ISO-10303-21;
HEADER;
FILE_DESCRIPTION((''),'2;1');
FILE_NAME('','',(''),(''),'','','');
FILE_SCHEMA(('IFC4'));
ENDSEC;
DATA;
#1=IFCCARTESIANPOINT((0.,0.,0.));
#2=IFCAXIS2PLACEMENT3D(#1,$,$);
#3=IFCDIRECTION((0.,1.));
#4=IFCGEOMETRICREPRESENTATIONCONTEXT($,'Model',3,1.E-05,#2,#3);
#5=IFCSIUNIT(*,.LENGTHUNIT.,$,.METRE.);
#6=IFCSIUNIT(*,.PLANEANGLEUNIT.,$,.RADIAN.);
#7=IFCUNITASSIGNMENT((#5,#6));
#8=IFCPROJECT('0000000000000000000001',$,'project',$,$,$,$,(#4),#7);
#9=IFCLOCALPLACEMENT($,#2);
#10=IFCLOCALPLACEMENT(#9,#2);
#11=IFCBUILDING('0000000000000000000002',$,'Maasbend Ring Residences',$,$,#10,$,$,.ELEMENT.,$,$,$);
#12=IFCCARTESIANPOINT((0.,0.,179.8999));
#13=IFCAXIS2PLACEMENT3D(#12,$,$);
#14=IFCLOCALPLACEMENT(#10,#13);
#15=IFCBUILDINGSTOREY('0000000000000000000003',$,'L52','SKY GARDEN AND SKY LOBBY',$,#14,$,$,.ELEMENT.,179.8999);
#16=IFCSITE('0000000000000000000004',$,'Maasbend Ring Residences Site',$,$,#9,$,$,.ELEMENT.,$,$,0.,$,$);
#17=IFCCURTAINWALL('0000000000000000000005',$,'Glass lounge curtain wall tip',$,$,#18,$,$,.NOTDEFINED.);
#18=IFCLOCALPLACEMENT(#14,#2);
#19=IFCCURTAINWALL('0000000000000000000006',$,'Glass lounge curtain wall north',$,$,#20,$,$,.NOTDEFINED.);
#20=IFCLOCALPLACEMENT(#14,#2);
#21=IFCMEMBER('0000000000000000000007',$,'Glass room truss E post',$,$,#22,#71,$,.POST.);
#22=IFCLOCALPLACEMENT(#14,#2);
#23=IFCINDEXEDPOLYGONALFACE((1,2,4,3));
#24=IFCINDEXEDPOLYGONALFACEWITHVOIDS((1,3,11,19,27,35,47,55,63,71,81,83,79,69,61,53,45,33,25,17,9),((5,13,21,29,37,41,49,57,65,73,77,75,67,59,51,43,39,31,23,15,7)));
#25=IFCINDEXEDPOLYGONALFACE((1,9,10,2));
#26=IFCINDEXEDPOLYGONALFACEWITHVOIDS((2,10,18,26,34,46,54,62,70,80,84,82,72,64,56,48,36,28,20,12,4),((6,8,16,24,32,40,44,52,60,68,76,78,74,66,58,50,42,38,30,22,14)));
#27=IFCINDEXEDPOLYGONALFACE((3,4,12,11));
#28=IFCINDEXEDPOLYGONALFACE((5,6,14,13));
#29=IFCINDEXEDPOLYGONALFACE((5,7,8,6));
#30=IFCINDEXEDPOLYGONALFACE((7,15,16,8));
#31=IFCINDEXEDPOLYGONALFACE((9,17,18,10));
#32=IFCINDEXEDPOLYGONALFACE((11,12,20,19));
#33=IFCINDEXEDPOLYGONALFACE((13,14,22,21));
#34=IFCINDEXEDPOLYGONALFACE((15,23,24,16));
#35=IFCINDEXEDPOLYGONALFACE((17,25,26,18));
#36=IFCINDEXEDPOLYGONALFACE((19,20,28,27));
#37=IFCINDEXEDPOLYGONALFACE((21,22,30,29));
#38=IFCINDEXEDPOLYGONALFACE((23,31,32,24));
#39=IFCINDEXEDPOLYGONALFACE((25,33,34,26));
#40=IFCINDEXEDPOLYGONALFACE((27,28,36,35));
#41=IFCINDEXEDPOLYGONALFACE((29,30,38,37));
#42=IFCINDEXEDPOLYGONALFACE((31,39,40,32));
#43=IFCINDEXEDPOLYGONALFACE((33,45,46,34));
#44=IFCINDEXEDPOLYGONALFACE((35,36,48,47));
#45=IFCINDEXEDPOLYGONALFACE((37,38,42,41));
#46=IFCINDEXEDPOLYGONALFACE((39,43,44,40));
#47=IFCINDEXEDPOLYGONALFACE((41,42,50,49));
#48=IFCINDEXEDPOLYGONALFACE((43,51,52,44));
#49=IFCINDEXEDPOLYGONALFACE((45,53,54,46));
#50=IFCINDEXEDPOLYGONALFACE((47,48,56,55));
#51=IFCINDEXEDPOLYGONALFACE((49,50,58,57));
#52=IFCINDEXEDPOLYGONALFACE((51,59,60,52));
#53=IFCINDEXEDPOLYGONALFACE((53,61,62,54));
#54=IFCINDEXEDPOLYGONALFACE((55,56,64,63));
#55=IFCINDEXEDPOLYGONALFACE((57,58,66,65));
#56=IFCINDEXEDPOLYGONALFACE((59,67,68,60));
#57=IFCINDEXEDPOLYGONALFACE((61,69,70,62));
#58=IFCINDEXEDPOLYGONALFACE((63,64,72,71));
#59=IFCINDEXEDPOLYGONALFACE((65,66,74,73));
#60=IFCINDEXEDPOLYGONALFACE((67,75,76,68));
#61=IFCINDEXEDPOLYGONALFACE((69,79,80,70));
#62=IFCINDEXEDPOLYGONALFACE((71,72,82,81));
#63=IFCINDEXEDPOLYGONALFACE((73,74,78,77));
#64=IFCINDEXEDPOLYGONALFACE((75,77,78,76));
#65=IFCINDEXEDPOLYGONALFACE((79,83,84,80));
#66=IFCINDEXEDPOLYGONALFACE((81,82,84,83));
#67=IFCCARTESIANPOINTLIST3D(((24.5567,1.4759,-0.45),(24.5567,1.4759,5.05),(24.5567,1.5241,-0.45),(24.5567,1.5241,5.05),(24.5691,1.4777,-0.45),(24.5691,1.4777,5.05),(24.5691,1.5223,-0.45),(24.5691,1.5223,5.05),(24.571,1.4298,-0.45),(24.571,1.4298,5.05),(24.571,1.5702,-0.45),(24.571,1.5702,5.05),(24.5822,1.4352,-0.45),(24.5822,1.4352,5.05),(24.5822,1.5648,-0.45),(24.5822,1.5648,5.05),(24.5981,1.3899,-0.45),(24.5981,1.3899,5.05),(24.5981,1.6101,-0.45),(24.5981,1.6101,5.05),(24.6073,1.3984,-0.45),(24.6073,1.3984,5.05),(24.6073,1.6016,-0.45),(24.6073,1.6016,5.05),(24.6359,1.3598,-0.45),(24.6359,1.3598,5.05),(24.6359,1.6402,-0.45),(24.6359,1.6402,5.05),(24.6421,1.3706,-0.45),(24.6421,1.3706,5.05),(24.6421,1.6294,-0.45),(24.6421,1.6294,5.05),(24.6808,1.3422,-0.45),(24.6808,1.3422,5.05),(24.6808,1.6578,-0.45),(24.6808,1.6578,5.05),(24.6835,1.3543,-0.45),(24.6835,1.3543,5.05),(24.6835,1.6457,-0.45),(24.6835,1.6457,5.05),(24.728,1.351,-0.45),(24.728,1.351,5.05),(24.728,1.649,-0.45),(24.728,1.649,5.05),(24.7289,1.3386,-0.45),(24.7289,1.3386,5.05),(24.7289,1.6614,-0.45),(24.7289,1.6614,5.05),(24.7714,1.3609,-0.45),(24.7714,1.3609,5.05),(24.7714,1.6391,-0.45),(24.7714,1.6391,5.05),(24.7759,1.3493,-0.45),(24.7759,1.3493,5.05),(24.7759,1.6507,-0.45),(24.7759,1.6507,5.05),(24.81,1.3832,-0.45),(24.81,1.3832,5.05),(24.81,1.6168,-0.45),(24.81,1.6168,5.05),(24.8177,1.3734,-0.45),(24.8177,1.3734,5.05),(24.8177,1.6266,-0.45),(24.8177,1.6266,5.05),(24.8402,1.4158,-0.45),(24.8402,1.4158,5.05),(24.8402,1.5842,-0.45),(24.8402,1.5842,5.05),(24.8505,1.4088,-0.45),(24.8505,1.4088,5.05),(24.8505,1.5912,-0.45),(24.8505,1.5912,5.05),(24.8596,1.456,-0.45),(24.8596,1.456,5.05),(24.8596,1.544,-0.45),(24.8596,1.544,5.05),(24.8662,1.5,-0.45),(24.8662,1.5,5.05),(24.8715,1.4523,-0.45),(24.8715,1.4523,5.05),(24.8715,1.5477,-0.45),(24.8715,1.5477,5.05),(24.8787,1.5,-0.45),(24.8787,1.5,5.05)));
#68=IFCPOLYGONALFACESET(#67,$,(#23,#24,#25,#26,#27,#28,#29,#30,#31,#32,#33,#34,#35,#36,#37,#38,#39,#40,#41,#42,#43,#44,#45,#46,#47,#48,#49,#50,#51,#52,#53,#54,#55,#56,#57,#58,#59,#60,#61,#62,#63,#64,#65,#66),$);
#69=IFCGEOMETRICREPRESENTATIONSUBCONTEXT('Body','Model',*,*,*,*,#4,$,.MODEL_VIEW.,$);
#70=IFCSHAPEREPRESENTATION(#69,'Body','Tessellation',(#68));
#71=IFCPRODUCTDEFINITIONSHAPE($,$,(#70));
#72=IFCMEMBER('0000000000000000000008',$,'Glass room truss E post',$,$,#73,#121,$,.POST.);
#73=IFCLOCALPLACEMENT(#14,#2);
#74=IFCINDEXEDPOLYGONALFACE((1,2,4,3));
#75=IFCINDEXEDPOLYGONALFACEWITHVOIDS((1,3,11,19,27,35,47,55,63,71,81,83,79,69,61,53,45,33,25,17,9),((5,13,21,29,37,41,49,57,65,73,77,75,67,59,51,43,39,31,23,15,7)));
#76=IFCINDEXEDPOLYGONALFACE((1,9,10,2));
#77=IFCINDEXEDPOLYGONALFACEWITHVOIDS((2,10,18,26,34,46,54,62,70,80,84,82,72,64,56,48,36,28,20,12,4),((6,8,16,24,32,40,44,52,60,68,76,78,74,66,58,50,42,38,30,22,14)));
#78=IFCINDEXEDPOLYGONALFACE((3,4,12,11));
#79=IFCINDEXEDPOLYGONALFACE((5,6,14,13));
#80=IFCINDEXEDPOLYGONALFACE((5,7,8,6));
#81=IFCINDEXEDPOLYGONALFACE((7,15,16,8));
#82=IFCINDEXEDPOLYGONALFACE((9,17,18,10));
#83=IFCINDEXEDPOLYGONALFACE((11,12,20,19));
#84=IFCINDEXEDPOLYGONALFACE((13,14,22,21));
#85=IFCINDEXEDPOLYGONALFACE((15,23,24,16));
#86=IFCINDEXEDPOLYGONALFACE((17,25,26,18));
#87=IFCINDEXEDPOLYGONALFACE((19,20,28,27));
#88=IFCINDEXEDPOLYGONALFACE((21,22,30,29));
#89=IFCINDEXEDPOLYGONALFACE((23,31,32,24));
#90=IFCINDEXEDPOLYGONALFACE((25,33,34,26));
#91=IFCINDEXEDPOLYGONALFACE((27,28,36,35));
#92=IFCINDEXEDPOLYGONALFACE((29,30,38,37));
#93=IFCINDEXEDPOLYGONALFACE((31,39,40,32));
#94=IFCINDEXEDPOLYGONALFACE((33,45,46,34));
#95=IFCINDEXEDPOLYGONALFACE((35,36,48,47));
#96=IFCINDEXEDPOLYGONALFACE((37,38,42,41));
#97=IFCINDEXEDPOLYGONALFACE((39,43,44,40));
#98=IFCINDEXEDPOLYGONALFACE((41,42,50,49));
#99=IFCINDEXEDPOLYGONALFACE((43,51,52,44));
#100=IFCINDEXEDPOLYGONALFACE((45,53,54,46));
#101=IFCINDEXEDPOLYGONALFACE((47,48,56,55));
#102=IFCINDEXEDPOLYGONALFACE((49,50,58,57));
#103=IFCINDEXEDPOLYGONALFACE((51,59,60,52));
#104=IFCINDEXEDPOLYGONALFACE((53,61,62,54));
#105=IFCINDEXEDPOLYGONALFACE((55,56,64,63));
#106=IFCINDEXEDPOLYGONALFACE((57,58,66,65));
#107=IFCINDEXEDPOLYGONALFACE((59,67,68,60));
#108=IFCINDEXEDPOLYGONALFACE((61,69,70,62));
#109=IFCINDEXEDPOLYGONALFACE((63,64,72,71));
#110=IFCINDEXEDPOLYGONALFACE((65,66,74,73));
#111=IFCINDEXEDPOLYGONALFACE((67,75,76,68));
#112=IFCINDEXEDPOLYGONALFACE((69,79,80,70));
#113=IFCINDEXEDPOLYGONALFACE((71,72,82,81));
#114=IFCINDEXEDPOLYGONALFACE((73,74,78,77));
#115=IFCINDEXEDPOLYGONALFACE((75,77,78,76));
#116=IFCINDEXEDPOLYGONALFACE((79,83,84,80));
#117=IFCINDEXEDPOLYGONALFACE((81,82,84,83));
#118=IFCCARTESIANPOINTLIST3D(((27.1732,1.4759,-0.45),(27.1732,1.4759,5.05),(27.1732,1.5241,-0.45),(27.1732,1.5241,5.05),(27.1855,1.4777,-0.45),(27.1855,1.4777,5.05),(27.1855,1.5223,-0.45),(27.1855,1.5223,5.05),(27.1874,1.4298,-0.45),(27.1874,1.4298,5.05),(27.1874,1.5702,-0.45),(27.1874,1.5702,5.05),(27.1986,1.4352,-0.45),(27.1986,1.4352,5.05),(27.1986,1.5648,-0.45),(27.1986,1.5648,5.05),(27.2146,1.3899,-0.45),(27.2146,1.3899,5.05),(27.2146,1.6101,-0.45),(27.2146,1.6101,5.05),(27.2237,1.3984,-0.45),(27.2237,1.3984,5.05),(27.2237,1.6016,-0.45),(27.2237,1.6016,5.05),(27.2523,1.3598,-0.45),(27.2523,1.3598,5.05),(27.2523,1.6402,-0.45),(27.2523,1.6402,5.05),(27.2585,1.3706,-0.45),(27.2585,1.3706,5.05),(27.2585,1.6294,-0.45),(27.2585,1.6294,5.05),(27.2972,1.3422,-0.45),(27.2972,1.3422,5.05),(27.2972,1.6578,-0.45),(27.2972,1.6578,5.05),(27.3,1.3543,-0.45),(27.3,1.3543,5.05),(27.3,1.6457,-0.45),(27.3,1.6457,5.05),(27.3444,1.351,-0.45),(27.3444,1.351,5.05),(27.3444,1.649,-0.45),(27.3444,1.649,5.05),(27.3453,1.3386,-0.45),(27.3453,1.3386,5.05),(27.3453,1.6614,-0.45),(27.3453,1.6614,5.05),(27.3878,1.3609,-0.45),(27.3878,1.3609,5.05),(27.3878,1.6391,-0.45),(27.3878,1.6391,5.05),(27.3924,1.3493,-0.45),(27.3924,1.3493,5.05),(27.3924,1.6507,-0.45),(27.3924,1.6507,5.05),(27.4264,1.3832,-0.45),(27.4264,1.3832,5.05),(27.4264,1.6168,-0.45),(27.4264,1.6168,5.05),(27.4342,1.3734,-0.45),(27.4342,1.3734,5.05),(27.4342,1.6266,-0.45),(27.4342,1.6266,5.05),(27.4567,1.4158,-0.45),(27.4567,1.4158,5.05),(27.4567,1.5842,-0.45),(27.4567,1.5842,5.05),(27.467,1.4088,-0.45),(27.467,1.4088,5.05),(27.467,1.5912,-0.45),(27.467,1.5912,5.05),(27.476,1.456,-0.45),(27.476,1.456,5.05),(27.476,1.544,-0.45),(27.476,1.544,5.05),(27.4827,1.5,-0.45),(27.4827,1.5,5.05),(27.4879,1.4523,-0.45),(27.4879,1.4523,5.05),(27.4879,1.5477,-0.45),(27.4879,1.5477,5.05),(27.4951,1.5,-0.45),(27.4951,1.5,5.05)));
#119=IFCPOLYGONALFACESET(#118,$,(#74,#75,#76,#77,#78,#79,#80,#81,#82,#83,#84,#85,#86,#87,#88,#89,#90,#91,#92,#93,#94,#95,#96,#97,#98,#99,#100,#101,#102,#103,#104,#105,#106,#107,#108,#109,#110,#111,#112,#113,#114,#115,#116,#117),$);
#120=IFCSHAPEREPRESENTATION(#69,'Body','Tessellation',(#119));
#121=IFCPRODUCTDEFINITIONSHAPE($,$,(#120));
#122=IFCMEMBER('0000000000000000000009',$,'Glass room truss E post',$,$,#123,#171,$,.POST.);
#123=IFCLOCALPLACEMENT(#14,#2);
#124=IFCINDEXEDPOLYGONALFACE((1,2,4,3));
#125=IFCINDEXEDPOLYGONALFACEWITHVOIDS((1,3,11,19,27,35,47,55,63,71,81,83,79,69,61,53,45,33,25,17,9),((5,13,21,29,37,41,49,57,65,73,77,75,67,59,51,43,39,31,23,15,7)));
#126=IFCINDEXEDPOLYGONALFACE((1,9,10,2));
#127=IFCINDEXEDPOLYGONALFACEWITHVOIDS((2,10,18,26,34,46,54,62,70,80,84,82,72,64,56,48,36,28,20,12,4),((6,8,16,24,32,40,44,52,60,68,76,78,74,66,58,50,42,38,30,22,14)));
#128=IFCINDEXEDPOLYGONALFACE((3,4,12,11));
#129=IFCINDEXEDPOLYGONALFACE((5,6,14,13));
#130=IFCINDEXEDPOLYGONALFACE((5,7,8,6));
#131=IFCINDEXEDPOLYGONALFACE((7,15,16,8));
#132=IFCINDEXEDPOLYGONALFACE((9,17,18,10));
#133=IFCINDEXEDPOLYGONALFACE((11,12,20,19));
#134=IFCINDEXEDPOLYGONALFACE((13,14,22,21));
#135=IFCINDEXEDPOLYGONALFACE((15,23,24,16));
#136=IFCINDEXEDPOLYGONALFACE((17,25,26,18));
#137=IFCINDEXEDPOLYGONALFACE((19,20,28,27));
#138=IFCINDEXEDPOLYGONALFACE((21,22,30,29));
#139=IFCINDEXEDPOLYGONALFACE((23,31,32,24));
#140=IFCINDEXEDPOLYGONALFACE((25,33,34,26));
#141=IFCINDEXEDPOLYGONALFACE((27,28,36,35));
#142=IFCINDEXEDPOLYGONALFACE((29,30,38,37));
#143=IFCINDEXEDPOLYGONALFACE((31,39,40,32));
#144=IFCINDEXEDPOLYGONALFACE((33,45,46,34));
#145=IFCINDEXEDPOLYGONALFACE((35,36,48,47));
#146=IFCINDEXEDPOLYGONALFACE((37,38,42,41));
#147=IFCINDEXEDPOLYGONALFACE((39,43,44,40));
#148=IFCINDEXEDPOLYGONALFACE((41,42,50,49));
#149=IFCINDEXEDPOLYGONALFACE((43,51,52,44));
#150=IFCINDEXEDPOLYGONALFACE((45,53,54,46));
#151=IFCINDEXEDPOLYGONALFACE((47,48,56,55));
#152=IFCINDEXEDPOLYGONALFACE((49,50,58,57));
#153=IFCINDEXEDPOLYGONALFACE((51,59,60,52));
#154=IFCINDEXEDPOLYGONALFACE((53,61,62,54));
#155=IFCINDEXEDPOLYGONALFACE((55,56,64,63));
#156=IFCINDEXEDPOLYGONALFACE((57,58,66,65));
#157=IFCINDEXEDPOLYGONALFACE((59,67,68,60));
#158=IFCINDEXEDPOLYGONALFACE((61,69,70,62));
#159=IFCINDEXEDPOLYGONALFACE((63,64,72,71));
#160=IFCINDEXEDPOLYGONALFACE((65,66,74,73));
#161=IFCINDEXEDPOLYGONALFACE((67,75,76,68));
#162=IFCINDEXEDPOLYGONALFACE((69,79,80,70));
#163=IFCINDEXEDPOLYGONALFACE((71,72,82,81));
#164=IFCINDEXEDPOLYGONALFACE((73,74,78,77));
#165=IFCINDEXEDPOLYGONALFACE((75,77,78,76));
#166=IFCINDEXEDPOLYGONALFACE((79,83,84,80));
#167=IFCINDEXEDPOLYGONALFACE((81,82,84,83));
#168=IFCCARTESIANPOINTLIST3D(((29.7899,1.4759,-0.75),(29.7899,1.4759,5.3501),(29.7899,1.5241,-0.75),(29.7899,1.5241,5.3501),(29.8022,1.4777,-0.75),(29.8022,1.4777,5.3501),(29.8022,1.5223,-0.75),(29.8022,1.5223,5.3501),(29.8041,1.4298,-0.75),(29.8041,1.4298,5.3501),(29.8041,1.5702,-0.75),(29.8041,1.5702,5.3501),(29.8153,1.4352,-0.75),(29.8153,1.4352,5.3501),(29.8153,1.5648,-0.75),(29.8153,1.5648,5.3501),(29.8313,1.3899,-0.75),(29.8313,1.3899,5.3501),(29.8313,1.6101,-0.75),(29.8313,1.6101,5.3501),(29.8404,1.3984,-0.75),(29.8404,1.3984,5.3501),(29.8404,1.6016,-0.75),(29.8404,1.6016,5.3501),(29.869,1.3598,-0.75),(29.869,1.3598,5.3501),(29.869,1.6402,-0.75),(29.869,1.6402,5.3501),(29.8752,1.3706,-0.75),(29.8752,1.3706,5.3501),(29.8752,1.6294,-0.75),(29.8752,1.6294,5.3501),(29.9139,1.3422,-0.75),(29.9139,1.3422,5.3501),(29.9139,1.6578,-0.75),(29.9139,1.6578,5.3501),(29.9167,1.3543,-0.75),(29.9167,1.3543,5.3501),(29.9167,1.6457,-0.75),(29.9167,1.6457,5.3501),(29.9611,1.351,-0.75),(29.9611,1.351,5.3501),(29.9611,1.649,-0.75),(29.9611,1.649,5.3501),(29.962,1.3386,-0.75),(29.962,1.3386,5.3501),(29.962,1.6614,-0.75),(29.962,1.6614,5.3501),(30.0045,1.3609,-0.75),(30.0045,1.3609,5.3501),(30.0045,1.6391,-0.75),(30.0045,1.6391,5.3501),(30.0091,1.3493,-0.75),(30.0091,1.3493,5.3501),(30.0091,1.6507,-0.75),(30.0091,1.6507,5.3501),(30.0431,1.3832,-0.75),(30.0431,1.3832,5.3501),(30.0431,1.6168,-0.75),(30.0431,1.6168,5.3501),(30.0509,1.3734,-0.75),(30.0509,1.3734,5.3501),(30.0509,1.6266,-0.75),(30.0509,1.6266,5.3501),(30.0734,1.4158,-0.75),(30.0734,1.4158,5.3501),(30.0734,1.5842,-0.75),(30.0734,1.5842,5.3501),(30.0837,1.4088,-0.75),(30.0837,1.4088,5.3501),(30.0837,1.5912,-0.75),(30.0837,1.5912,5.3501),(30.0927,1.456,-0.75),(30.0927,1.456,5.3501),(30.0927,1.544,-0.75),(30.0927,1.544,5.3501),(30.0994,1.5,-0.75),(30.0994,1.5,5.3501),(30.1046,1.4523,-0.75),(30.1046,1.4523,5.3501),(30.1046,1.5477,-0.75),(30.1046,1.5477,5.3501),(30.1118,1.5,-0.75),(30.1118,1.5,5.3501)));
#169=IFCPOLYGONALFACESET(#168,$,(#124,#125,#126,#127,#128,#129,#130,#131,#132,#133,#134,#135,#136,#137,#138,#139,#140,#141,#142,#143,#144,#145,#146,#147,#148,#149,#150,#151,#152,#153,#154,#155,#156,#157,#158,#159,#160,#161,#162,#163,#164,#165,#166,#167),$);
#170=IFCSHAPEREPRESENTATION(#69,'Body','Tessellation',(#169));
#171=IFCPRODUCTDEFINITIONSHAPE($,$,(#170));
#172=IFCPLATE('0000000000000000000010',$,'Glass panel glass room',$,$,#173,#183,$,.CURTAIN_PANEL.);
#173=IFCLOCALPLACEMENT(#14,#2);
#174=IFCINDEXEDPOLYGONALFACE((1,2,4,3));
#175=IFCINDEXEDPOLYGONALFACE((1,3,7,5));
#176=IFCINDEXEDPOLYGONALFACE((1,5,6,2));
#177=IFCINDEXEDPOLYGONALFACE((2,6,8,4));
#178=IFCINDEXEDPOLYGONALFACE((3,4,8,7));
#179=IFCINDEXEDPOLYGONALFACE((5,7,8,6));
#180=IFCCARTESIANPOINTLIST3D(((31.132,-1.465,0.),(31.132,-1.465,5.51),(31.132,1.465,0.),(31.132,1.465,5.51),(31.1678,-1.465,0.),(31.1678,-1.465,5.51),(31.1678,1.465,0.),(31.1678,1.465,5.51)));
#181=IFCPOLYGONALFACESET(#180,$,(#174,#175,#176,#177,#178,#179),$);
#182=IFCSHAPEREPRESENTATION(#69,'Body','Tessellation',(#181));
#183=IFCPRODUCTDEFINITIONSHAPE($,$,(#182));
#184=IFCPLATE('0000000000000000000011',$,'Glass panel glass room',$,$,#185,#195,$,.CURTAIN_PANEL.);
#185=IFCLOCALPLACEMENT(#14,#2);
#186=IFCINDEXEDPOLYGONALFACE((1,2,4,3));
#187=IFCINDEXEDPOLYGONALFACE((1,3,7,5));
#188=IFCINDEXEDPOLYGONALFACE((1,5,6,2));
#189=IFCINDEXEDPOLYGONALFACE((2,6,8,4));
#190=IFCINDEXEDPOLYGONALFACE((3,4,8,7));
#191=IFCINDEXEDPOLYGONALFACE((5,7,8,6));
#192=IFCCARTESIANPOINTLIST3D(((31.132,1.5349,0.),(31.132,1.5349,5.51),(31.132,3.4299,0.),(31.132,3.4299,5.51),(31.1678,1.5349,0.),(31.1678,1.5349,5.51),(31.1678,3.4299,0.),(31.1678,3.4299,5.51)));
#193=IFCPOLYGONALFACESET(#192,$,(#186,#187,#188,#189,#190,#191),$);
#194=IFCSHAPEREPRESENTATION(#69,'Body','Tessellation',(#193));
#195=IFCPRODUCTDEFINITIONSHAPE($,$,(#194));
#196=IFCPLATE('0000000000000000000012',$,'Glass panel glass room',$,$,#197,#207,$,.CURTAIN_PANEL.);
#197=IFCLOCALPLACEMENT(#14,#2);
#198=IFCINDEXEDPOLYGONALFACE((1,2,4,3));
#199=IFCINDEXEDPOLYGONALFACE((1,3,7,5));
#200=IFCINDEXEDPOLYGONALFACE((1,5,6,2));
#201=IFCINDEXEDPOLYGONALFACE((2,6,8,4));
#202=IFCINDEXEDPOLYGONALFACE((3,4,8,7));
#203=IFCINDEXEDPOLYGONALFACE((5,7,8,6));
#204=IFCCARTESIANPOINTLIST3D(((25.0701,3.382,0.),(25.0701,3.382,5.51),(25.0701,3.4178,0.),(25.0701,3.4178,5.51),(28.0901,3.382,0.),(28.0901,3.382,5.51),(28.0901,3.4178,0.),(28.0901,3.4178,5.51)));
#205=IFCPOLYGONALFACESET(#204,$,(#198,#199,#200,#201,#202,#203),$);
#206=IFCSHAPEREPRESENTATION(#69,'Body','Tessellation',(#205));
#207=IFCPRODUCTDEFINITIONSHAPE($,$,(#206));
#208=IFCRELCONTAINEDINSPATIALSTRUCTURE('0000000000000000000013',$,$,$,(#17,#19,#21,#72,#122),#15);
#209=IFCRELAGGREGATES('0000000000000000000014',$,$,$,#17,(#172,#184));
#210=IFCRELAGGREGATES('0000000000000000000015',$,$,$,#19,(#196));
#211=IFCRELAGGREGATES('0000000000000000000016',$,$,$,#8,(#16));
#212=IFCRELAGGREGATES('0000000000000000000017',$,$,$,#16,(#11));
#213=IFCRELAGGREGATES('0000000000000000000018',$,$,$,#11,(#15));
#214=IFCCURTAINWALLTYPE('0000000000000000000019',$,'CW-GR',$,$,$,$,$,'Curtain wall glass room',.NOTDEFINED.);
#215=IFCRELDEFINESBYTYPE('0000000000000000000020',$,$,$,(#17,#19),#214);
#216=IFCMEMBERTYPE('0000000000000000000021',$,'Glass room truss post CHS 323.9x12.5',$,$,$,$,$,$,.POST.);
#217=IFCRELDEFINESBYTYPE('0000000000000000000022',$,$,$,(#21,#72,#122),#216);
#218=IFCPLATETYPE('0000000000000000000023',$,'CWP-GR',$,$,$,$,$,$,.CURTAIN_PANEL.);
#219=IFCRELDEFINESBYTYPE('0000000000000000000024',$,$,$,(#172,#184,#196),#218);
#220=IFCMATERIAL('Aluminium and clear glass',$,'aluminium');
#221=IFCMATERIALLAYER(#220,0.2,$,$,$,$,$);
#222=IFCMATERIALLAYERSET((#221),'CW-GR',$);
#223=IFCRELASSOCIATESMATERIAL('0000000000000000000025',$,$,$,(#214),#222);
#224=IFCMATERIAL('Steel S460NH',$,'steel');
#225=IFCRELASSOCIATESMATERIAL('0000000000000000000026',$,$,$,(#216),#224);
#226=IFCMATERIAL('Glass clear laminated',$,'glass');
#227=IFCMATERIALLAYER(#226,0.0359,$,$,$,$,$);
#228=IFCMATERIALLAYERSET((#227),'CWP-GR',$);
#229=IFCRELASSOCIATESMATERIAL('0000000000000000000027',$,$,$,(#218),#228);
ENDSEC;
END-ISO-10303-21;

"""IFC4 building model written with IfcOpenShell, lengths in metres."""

from ifc_helpers import new_model, si_unit, direction, frame, origin, origin_2d, place, context, subcontext, project, spatial, rectangle, hollow_circle, extrude, material, layer, layer_set, material_profile, profile_set, type_object, element, aggregate, save


model = new_model("IFC4")

# Units and contexts
model_context = context("Model", 3, precision=1e-05, world=origin(), true_north=direction((0.0, 1.0)))
body_context = subcontext(model_context, "Body", "Model", "MODEL_VIEW")
ifc_project = project(units=[si_unit("LENGTHUNIT", "METRE"), si_unit("PLANEANGLEUNIT", "RADIAN")], contexts=[model_context])

# Site, building, storey
site_placement = place(None, origin())
site = spatial("IfcSite", under=ifc_project, at=site_placement, Name="Maasbend Ring Residences Site", CompositionType="ELEMENT", RefElevation=0.0)
building_placement = place(site_placement, origin())
building = spatial("IfcBuilding", under=site, at=building_placement, Name="Maasbend Ring Residences", CompositionType="ELEMENT")
storey_placement = place(building_placement, frame((0.0, 0.0, 179.8999)))
storey = spatial("IfcBuildingStorey", under=building, at=storey_placement, Name="L52", Description="SKY GARDEN AND SKY LOBBY", CompositionType="ELEMENT", Elevation=179.8999)

# Curtain walls
ifc_material_1 = material(Name="Aluminium and clear glass", Category="aluminium")
ifc_layer_1 = layer(ifc_material_1, 0.2)
ifc_layer_set_1 = layer_set([ifc_layer_1], Name="CW-GR")
curtain_wall_type = type_object("IfcCurtainWallType", Name="CW-GR", ElementType="Curtain wall glass room", PredefinedType="NOTDEFINED", material=ifc_layer_set_1)
curtain_wall_1_placement = place(storey_placement, origin())
curtain_wall_1 = element("IfcCurtainWall", 1, at=curtain_wall_1_placement, inside=storey, type_object=curtain_wall_type, Name="Glass lounge curtain wall tip", PredefinedType="NOTDEFINED")
curtain_wall_2_placement = place(storey_placement, origin())
curtain_wall_2 = element("IfcCurtainWall", 2, at=curtain_wall_2_placement, inside=storey, type_object=curtain_wall_type, Name="Glass lounge curtain wall north", PredefinedType="NOTDEFINED")

# Members
ifc_material_2 = material(Name="Steel S460NH", Category="steel")
ifc_material_profile_1 = material_profile(ifc_material_2, hollow_circle(Radius=0.1619, WallThickness=0.0125, at=origin_2d()), Name="Glass room truss post CHS 323.9x12.5")
ifc_profile_set_1 = profile_set([ifc_material_profile_1], Name="Steel S460NH")
member_type_1 = type_object("IfcMemberType", Name="Glass room truss post CHS 323.9x12.5", PredefinedType="POST", material=ifc_profile_set_1)
for number, where, z_axis, x_axis, name in (
    (3, (24.7168, 1.5, -0.45), (0.0, 0.0, 1.0), (1.0, 0.0, 0.0), "Glass room truss E post"),
    (4, (27.3333, 1.5, -0.45), (0.0, 0.0, 1.0), (1.0, 0.0, 0.0), "Glass room truss E post"),
):
    element("IfcMember", number, at=place(storey_placement, frame(where, z_axis=z_axis, x_axis=x_axis)), inside=storey, type_object=member_type_1, Name=name, PredefinedType="POST", context=body_context, shape_type="SweptSolid", body=[
        extrude(hollow_circle(Radius=0.1619, WallThickness=0.0125, at=origin_2d()), origin(), (0.0, 0.0, 1.0), 5.5),
    ])
member_1_placement = place(storey_placement, frame((29.95, 1.5, -0.75), z_axis=(0.0, 0.0, 1.0), x_axis=(1.0, 0.0, 0.0)))
element("IfcMember", 5, at=member_1_placement, inside=storey, type_object=member_type_1, Name="Glass room truss E post", PredefinedType="POST", context=body_context, shape_type="SweptSolid", body=[
    extrude(hollow_circle(Radius=0.1619, WallThickness=0.0125, at=origin_2d()), origin(), (0.0, 0.0, 1.0), 6.1001),
])

# Plates
ifc_material_3 = material(Name="Glass clear laminated", Category="glass")
ifc_layer_2 = layer(ifc_material_3, 0.0359)
ifc_layer_set_2 = layer_set([ifc_layer_2], Name="CWP-GR")
plate_type = type_object("IfcPlateType", Name="CWP-GR", PredefinedType="CURTAIN_PANEL", material=ifc_layer_set_2)
plate_1_placement = place(storey_placement, frame((31.1499, 0.0, 0.0), z_axis=(0.0, 0.0, 1.0), x_axis=(0.0, 1.0, 0.0)))
plate_1 = element("IfcPlate", 6, at=plate_1_placement, type_object=plate_type, Name="Glass panel glass room", PredefinedType="CURTAIN_PANEL", context=body_context, shape_type="SweptSolid", body=[
    extrude(rectangle(XDim=2.9299, YDim=0.0359, at=origin_2d()), origin(), (0.0, 0.0, 1.0), 5.51),
])
plate_2_placement = place(storey_placement, frame((31.1499, 2.4824, 0.0), z_axis=(0.0, 0.0, 1.0), x_axis=(0.0, 1.0, 0.0)))
plate_2 = element("IfcPlate", 7, at=plate_2_placement, type_object=plate_type, Name="Glass panel glass room", PredefinedType="CURTAIN_PANEL", context=body_context, shape_type="SweptSolid", body=[
    extrude(rectangle(XDim=1.895, YDim=0.0359, at=origin_2d()), origin(), (0.0, 0.0, 1.0), 5.51),
])
aggregate(curtain_wall_1, [plate_1, plate_2])
plate_3_placement = place(storey_placement, frame((26.5801, 3.3999, 0.0), z_axis=(0.0, 0.0, 1.0), x_axis=(1.0, 0.0, 0.0)))
plate_3 = element("IfcPlate", 8, at=plate_3_placement, type_object=plate_type, Name="Glass panel glass room", PredefinedType="CURTAIN_PANEL", context=body_context, shape_type="SweptSolid", body=[
    extrude(rectangle(XDim=3.02, YDim=0.0359, at=origin_2d()), origin(), (0.0, 0.0, 1.0), 5.51),
])
aggregate(curtain_wall_2, [plate_3])

save(model, "model.ifc")
